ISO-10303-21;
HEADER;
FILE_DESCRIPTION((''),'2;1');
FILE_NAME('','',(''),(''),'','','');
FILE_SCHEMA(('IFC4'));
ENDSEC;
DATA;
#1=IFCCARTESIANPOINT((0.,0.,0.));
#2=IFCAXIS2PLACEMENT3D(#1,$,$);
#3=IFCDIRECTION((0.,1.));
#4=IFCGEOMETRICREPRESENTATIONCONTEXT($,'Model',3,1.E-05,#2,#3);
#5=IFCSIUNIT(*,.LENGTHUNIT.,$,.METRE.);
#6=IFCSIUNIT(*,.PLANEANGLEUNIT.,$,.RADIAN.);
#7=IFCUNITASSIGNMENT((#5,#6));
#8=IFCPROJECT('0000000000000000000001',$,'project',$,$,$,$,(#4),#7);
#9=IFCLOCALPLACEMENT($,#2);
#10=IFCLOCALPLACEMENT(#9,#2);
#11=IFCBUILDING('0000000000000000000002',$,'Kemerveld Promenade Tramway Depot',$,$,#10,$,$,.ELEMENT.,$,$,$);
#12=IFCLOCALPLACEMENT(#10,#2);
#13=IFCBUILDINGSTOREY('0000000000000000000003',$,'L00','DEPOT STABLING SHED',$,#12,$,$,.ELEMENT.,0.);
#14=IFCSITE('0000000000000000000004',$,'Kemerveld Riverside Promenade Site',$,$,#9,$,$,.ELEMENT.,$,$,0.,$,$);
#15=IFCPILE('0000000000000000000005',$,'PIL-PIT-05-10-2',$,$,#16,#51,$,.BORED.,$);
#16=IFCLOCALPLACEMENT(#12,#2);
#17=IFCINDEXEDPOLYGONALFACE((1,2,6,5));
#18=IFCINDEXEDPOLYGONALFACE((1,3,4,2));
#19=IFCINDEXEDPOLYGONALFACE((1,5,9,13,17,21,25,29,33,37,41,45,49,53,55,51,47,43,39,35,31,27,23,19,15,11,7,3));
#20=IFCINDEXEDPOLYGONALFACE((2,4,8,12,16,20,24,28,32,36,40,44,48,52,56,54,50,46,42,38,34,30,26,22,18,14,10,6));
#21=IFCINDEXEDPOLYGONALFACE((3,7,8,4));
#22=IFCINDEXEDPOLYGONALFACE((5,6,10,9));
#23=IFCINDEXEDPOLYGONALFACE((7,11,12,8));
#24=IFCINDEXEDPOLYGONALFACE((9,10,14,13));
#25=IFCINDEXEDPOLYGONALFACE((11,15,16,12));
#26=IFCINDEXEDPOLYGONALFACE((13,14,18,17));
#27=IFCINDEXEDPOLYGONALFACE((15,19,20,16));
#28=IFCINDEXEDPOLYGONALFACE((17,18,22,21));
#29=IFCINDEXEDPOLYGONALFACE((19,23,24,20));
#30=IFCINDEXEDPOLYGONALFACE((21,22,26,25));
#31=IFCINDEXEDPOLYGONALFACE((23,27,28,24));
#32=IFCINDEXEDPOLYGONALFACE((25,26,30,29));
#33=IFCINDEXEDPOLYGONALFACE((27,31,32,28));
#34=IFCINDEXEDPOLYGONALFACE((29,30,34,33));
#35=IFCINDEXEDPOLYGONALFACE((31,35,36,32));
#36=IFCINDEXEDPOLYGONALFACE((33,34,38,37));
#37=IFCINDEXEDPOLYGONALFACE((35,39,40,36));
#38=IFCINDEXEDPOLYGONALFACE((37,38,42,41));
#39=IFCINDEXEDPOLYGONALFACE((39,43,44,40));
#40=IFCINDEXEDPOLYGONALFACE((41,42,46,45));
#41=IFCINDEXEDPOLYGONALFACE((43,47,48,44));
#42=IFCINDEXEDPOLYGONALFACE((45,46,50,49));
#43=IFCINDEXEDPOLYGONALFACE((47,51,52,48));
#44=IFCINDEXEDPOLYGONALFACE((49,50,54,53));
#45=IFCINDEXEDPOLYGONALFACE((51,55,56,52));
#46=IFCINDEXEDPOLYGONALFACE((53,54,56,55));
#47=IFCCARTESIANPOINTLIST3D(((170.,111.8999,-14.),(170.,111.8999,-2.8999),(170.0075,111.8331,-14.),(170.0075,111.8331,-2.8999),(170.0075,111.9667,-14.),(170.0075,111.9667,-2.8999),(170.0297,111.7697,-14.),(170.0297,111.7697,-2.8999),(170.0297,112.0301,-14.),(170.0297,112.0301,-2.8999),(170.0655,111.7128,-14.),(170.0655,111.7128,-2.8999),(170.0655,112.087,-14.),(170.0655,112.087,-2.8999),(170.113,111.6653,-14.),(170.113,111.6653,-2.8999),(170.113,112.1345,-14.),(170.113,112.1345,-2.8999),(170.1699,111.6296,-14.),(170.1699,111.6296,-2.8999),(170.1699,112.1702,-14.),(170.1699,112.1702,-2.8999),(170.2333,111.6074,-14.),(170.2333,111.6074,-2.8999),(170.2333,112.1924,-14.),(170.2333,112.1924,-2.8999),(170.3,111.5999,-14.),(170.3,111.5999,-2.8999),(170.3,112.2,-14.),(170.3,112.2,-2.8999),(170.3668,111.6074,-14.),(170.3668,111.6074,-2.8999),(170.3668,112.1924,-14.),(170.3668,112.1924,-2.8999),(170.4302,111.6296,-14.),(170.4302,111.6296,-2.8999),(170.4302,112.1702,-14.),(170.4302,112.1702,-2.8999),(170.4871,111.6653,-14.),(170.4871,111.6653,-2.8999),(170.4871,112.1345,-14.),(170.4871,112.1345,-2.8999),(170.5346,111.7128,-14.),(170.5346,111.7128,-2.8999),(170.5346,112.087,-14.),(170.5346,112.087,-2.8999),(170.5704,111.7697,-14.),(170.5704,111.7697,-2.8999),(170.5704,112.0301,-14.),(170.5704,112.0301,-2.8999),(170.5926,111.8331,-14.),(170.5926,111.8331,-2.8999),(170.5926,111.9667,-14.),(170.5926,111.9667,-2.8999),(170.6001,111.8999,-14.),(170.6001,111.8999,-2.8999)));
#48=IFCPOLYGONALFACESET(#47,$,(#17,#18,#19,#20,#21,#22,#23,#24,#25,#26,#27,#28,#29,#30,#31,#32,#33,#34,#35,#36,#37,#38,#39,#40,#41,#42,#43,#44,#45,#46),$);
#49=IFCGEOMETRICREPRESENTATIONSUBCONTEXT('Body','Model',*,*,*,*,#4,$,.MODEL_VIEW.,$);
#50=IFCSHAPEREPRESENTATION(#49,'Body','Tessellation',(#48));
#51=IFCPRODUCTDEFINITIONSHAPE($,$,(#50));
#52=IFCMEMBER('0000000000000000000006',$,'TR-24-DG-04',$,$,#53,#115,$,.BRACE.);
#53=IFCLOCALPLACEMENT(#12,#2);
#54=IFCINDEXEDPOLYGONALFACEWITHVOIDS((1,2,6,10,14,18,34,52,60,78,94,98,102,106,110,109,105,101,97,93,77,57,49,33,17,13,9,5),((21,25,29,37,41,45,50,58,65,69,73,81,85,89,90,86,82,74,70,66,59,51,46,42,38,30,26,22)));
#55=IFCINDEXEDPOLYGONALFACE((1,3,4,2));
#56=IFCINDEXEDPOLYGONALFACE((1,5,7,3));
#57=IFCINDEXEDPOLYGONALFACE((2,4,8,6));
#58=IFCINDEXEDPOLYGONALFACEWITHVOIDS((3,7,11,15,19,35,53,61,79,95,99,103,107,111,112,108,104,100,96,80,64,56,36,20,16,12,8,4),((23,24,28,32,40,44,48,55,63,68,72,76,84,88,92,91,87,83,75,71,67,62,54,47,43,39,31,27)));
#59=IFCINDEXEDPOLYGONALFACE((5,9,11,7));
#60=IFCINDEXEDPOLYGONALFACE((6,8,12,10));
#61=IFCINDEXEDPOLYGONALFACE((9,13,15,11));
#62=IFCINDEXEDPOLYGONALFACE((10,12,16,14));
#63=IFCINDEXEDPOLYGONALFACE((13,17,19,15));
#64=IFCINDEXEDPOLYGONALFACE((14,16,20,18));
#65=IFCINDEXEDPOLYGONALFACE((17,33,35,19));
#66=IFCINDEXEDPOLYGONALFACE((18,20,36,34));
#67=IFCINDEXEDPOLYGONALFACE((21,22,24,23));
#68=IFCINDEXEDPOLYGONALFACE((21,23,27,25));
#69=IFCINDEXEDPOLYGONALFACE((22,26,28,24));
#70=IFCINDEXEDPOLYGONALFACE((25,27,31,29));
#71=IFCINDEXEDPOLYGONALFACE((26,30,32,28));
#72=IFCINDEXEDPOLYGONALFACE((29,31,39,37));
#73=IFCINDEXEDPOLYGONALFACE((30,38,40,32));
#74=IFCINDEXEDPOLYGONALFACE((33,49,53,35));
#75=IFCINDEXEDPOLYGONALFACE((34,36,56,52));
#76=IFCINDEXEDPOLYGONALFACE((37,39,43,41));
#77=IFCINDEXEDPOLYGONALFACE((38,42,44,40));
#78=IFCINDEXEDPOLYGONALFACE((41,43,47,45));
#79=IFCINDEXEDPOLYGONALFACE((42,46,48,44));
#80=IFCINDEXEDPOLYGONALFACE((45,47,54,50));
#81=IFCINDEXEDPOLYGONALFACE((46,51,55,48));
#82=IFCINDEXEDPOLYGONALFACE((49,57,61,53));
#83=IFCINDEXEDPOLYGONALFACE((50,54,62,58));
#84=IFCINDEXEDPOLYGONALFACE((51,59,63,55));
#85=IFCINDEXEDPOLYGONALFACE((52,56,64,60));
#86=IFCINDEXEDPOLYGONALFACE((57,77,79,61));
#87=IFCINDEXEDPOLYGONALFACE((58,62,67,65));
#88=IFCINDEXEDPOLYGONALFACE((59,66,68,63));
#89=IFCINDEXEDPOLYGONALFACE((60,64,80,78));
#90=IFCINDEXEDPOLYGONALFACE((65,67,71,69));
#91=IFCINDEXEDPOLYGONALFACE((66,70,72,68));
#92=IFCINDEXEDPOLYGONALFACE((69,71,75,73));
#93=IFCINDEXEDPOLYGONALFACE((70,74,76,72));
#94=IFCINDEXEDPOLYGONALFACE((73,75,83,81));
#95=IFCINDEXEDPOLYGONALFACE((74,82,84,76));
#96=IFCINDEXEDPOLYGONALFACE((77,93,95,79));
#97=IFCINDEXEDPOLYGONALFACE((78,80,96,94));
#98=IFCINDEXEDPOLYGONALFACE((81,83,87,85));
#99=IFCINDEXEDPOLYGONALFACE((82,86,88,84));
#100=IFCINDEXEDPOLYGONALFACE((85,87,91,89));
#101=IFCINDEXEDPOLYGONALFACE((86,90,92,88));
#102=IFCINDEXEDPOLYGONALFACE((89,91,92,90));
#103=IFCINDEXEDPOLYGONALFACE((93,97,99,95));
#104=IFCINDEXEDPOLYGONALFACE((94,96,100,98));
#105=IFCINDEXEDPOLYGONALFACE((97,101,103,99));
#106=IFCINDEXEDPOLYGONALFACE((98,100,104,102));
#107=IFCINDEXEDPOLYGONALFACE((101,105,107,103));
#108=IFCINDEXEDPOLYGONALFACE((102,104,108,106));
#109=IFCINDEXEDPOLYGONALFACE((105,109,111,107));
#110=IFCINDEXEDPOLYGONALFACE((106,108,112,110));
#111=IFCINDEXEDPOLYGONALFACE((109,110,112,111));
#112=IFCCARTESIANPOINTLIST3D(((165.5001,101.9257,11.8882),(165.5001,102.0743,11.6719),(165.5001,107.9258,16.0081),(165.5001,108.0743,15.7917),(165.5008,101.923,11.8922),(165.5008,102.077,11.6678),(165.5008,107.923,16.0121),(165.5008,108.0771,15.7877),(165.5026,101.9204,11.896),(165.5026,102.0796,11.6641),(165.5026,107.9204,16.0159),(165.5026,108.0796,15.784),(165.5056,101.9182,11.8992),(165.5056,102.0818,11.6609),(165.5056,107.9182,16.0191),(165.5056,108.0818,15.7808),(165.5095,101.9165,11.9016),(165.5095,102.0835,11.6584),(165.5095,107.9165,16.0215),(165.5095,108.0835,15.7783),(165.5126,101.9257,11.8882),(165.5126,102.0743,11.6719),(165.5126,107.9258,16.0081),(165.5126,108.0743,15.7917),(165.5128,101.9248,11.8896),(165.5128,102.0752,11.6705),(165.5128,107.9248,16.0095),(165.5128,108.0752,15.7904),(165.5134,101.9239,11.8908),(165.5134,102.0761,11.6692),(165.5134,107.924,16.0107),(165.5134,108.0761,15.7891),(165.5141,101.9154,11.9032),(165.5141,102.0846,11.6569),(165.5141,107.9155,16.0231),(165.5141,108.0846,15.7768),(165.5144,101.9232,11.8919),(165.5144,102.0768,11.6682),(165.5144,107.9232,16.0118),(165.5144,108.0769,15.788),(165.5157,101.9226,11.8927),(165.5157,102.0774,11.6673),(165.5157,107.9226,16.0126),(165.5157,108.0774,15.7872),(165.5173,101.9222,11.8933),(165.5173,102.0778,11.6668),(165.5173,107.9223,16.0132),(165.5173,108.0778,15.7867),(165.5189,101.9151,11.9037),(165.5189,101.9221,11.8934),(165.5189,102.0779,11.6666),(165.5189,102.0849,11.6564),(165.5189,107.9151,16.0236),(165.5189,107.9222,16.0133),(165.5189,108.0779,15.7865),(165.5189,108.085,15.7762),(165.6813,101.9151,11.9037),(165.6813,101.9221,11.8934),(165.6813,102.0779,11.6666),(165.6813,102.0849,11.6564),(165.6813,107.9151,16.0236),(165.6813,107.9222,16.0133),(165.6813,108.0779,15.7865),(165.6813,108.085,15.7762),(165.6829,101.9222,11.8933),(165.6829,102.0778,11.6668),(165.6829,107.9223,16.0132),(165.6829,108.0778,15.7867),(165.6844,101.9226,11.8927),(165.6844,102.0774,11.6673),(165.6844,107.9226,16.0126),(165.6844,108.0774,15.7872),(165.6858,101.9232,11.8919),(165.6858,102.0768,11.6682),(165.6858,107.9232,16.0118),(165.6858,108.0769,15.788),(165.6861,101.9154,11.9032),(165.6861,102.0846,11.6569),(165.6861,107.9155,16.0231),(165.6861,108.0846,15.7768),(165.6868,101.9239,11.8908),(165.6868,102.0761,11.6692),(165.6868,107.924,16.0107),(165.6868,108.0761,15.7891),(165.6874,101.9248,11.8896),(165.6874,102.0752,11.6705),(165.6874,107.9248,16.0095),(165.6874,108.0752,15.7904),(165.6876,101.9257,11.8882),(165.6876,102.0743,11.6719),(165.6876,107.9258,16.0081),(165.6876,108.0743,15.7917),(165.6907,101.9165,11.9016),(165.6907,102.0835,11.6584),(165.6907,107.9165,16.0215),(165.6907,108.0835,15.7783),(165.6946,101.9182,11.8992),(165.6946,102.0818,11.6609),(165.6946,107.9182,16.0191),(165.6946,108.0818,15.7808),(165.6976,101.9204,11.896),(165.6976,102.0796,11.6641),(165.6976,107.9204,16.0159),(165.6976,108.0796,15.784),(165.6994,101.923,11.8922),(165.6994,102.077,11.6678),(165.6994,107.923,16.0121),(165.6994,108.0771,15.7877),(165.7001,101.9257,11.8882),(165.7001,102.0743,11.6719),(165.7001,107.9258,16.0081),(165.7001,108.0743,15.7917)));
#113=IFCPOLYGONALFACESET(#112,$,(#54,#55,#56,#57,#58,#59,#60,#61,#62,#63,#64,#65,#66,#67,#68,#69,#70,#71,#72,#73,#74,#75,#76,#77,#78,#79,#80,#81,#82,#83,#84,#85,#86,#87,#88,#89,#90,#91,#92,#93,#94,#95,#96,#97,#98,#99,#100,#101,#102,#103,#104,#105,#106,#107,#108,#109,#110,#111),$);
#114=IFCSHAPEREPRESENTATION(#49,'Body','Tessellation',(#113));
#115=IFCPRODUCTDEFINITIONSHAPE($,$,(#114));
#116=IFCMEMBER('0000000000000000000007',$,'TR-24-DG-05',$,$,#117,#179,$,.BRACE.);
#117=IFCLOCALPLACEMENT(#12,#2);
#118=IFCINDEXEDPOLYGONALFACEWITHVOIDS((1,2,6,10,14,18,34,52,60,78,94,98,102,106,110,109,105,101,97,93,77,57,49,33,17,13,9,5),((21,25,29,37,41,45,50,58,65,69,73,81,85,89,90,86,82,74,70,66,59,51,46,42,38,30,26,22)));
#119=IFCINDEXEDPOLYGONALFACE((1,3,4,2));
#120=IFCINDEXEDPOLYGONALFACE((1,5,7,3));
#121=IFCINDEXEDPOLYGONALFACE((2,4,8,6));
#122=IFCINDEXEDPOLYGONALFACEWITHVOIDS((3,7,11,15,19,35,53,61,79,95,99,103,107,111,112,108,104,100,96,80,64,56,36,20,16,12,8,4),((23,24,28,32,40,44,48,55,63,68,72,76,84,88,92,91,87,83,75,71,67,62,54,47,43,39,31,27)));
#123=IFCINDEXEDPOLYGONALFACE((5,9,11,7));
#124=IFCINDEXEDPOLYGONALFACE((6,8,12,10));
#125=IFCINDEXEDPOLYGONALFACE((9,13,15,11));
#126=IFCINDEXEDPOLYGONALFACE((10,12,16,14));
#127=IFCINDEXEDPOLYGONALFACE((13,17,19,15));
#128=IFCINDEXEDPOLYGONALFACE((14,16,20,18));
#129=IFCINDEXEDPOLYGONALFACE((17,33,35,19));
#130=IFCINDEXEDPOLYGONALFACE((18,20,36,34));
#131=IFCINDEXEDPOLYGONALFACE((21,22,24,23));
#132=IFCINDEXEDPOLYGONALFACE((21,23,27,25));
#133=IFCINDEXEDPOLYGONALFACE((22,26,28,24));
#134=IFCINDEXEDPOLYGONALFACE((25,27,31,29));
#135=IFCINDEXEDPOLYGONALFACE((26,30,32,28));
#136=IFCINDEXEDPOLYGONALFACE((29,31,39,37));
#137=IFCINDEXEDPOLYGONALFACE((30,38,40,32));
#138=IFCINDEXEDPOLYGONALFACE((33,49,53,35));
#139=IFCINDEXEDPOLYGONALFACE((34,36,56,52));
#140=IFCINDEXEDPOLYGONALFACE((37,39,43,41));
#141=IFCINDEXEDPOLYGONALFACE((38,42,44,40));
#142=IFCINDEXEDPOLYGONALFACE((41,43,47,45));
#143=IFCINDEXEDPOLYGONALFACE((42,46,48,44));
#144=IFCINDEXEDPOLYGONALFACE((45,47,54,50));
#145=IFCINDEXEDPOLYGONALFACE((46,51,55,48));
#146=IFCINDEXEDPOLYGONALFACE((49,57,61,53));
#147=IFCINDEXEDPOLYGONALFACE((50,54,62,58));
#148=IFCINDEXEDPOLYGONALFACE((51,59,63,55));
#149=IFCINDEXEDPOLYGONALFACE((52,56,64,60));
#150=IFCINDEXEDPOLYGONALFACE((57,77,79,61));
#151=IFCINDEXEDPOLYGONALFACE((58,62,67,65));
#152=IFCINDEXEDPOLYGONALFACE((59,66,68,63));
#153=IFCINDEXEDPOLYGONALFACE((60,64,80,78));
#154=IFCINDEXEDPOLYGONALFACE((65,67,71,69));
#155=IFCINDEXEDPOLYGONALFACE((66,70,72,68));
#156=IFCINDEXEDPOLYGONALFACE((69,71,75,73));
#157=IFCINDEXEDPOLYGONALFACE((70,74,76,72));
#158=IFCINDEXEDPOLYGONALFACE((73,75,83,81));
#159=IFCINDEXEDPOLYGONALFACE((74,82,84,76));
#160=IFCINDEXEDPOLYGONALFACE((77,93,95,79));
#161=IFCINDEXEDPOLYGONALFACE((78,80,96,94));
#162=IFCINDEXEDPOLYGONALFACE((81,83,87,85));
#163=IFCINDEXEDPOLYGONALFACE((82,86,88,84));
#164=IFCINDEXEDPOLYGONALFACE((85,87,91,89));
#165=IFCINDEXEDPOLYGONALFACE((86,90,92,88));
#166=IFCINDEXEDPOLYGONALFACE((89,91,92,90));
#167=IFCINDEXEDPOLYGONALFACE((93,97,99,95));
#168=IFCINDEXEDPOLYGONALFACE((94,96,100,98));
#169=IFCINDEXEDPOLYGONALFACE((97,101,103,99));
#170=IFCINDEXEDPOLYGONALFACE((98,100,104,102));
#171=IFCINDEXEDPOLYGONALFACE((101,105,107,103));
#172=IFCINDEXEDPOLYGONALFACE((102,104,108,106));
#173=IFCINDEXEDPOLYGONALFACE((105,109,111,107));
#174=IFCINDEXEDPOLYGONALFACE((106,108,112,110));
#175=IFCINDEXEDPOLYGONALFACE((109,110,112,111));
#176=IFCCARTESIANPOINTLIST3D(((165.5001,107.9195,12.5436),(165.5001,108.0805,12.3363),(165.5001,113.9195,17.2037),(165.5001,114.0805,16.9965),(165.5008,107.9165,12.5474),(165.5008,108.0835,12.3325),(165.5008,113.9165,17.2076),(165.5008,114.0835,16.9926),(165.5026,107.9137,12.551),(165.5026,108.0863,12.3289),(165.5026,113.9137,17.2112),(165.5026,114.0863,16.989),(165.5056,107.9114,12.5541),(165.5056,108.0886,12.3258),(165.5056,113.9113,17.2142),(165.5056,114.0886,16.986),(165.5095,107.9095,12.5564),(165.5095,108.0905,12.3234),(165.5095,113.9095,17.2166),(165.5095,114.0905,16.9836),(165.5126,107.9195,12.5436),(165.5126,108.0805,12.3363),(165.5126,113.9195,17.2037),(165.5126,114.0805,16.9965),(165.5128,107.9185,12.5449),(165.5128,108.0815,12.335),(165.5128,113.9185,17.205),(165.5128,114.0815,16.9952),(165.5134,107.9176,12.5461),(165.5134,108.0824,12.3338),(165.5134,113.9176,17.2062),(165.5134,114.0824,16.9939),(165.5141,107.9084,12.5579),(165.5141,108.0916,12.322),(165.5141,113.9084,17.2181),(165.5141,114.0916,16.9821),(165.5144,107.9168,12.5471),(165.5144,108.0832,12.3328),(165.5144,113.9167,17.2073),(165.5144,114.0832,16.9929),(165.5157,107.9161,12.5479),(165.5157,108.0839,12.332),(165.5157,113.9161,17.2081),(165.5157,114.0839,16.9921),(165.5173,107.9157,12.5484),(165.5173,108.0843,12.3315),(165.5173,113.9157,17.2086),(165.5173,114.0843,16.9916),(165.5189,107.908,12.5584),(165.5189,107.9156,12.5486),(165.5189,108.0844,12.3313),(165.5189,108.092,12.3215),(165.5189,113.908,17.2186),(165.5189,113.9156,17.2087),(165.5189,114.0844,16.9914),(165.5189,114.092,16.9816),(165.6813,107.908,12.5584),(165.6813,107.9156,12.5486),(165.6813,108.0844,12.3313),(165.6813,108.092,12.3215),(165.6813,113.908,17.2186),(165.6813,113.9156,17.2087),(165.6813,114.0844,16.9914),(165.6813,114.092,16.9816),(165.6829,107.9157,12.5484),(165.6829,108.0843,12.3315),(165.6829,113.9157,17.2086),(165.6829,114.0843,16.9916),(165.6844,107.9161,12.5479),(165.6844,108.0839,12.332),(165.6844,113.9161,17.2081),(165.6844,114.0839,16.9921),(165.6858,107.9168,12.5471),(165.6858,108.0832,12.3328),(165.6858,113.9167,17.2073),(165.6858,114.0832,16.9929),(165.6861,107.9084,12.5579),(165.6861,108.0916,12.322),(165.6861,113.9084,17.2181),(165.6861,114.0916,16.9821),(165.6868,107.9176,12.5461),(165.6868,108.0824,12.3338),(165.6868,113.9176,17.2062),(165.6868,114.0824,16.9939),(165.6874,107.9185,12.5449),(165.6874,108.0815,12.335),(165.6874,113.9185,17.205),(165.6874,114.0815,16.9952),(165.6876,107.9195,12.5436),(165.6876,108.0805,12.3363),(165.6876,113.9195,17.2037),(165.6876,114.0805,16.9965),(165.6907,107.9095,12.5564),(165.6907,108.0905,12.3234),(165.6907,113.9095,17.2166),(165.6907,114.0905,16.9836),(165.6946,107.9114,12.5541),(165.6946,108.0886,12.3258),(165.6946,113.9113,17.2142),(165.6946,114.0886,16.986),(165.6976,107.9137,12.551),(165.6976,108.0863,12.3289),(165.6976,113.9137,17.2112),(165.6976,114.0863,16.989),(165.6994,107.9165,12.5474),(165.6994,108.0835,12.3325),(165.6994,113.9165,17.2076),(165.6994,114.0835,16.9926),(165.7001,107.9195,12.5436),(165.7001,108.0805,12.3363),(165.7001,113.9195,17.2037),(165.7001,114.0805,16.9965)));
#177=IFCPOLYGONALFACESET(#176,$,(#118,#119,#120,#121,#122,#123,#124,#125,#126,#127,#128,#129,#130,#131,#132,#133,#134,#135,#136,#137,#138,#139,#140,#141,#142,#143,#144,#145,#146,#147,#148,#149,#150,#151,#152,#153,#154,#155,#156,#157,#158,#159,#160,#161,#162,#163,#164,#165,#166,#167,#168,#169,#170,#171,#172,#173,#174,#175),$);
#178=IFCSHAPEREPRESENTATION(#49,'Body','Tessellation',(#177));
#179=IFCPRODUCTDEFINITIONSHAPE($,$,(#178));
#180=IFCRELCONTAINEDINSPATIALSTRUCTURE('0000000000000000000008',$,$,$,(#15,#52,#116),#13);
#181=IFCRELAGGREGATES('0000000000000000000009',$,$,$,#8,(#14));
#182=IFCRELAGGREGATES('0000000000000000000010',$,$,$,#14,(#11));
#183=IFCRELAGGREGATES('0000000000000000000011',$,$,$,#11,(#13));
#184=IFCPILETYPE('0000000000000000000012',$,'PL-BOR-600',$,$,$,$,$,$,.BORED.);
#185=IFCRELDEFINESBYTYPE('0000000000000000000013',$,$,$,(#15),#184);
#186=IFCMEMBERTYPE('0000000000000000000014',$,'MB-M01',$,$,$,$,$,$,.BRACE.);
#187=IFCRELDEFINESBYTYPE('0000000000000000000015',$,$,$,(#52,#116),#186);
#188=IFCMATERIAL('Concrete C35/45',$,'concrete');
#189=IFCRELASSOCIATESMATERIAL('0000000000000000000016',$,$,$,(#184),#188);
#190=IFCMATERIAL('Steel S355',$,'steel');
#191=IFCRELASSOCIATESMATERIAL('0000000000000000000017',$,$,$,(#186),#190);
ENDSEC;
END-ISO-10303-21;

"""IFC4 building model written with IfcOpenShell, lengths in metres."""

from ifc_helpers import new_model, si_unit, direction, frame, origin, origin_2d, place, context, subcontext, project, spatial, hollow_rectangle, circle, extrude, material, material_profile, profile_set, type_object, element, save


model = new_model("IFC4")

# Units and contexts
model_context = context("Model", 3, precision=1e-05, world=origin(), true_north=direction((0.0, 1.0)))
body_context = subcontext(model_context, "Body", "Model", "MODEL_VIEW")
ifc_project = project(units=[si_unit("LENGTHUNIT", "METRE"), si_unit("PLANEANGLEUNIT", "RADIAN")], contexts=[model_context])

# Site, building, storey
site_placement = place(None, origin())
site = spatial("IfcSite", under=ifc_project, at=site_placement, Name="Kemerveld Riverside Promenade Site", CompositionType="ELEMENT", RefElevation=0.0)
building_placement = place(site_placement, origin())
building = spatial("IfcBuilding", under=site, at=building_placement, Name="Kemerveld Promenade Tramway Depot", CompositionType="ELEMENT")
storey_placement = place(building_placement, origin())
storey = spatial("IfcBuildingStorey", under=building, at=storey_placement, Name="L00", Description="DEPOT STABLING SHED", CompositionType="ELEMENT", Elevation=0.0)

# Shared definitions
ifc_material_1 = material(Name="Concrete C35/45", Category="concrete")

# Pile
ifc_material_profile_1 = material_profile(ifc_material_1, circle(Radius=0.3, at=origin_2d()), Name="PILE-D600")
ifc_profile_set_1 = profile_set([ifc_material_profile_1], Name="Concrete C35/45")
pile_type = type_object("IfcPileType", Name="PL-BOR-600", PredefinedType="BORED", material=ifc_profile_set_1)
for number, where, z_axis, x_axis, name in (
    (1, (170.3, 111.8999, -2.8999), (0.0, 0.0, -1.0), (1.0, 0.0, 0.0), "PIL-PIT-05-10-2"),
):
    element("IfcPile", number, at=place(storey_placement, frame(where, z_axis=z_axis, x_axis=x_axis)), inside=storey, type_object=pile_type, Name=name, PredefinedType="BORED", context=body_context, shape_type="SweptSolid", body=[
        extrude(circle(Radius=0.3, at=origin_2d()), origin(), (0.0, 0.0, 1.0), 11.1001),
    ])

# Members
ifc_material_2 = material(Name="Steel S355", Category="steel")
ifc_material_profile_2 = material_profile(ifc_material_2, hollow_rectangle(XDim=0.2, YDim=0.3, WallThickness=0.0125, InnerFilletRadius=0.0063, OuterFilletRadius=0.0188, at=origin_2d()), Name="300x200x12.5 RHS")
ifc_profile_set_2 = profile_set([ifc_material_profile_2], Name="Steel S355")
member_type_1 = type_object("IfcMemberType", Name="MB-M01", PredefinedType="BRACE", material=ifc_profile_set_2)
member_1_placement = place(storey_placement, frame((165.6001, 102.0, 11.78), z_axis=(0.0, 0.824371, 0.56605), x_axis=(-1.0, 0.0, 0.0)))
element("IfcMember", 2, at=member_1_placement, inside=storey, type_object=member_type_1, Name="TR-24-DG-04", PredefinedType="BRACE", context=body_context, shape_type="SweptSolid", body=[
    extrude(hollow_rectangle(XDim=0.2, YDim=0.3, WallThickness=0.0125, InnerFilletRadius=0.0063, OuterFilletRadius=0.0188, at=origin_2d()), origin(), (0.0, 0.0, 1.0), 7.2783),
])
member_2_placement = place(storey_placement, frame((165.6001, 108.0, 12.4399), z_axis=(0.0, 0.789767, 0.613407), x_axis=(-1.0, 0.0, 0.0)))
element("IfcMember", 3, at=member_2_placement, inside=storey, type_object=member_type_1, Name="TR-24-DG-05", PredefinedType="BRACE", context=body_context, shape_type="SweptSolid", body=[
    extrude(hollow_rectangle(XDim=0.2, YDim=0.3, WallThickness=0.0125, InnerFilletRadius=0.0063, OuterFilletRadius=0.0188, at=origin_2d()), origin(), (0.0, 0.0, 1.0), 7.5972),
])

save(model, "model.ifc")
